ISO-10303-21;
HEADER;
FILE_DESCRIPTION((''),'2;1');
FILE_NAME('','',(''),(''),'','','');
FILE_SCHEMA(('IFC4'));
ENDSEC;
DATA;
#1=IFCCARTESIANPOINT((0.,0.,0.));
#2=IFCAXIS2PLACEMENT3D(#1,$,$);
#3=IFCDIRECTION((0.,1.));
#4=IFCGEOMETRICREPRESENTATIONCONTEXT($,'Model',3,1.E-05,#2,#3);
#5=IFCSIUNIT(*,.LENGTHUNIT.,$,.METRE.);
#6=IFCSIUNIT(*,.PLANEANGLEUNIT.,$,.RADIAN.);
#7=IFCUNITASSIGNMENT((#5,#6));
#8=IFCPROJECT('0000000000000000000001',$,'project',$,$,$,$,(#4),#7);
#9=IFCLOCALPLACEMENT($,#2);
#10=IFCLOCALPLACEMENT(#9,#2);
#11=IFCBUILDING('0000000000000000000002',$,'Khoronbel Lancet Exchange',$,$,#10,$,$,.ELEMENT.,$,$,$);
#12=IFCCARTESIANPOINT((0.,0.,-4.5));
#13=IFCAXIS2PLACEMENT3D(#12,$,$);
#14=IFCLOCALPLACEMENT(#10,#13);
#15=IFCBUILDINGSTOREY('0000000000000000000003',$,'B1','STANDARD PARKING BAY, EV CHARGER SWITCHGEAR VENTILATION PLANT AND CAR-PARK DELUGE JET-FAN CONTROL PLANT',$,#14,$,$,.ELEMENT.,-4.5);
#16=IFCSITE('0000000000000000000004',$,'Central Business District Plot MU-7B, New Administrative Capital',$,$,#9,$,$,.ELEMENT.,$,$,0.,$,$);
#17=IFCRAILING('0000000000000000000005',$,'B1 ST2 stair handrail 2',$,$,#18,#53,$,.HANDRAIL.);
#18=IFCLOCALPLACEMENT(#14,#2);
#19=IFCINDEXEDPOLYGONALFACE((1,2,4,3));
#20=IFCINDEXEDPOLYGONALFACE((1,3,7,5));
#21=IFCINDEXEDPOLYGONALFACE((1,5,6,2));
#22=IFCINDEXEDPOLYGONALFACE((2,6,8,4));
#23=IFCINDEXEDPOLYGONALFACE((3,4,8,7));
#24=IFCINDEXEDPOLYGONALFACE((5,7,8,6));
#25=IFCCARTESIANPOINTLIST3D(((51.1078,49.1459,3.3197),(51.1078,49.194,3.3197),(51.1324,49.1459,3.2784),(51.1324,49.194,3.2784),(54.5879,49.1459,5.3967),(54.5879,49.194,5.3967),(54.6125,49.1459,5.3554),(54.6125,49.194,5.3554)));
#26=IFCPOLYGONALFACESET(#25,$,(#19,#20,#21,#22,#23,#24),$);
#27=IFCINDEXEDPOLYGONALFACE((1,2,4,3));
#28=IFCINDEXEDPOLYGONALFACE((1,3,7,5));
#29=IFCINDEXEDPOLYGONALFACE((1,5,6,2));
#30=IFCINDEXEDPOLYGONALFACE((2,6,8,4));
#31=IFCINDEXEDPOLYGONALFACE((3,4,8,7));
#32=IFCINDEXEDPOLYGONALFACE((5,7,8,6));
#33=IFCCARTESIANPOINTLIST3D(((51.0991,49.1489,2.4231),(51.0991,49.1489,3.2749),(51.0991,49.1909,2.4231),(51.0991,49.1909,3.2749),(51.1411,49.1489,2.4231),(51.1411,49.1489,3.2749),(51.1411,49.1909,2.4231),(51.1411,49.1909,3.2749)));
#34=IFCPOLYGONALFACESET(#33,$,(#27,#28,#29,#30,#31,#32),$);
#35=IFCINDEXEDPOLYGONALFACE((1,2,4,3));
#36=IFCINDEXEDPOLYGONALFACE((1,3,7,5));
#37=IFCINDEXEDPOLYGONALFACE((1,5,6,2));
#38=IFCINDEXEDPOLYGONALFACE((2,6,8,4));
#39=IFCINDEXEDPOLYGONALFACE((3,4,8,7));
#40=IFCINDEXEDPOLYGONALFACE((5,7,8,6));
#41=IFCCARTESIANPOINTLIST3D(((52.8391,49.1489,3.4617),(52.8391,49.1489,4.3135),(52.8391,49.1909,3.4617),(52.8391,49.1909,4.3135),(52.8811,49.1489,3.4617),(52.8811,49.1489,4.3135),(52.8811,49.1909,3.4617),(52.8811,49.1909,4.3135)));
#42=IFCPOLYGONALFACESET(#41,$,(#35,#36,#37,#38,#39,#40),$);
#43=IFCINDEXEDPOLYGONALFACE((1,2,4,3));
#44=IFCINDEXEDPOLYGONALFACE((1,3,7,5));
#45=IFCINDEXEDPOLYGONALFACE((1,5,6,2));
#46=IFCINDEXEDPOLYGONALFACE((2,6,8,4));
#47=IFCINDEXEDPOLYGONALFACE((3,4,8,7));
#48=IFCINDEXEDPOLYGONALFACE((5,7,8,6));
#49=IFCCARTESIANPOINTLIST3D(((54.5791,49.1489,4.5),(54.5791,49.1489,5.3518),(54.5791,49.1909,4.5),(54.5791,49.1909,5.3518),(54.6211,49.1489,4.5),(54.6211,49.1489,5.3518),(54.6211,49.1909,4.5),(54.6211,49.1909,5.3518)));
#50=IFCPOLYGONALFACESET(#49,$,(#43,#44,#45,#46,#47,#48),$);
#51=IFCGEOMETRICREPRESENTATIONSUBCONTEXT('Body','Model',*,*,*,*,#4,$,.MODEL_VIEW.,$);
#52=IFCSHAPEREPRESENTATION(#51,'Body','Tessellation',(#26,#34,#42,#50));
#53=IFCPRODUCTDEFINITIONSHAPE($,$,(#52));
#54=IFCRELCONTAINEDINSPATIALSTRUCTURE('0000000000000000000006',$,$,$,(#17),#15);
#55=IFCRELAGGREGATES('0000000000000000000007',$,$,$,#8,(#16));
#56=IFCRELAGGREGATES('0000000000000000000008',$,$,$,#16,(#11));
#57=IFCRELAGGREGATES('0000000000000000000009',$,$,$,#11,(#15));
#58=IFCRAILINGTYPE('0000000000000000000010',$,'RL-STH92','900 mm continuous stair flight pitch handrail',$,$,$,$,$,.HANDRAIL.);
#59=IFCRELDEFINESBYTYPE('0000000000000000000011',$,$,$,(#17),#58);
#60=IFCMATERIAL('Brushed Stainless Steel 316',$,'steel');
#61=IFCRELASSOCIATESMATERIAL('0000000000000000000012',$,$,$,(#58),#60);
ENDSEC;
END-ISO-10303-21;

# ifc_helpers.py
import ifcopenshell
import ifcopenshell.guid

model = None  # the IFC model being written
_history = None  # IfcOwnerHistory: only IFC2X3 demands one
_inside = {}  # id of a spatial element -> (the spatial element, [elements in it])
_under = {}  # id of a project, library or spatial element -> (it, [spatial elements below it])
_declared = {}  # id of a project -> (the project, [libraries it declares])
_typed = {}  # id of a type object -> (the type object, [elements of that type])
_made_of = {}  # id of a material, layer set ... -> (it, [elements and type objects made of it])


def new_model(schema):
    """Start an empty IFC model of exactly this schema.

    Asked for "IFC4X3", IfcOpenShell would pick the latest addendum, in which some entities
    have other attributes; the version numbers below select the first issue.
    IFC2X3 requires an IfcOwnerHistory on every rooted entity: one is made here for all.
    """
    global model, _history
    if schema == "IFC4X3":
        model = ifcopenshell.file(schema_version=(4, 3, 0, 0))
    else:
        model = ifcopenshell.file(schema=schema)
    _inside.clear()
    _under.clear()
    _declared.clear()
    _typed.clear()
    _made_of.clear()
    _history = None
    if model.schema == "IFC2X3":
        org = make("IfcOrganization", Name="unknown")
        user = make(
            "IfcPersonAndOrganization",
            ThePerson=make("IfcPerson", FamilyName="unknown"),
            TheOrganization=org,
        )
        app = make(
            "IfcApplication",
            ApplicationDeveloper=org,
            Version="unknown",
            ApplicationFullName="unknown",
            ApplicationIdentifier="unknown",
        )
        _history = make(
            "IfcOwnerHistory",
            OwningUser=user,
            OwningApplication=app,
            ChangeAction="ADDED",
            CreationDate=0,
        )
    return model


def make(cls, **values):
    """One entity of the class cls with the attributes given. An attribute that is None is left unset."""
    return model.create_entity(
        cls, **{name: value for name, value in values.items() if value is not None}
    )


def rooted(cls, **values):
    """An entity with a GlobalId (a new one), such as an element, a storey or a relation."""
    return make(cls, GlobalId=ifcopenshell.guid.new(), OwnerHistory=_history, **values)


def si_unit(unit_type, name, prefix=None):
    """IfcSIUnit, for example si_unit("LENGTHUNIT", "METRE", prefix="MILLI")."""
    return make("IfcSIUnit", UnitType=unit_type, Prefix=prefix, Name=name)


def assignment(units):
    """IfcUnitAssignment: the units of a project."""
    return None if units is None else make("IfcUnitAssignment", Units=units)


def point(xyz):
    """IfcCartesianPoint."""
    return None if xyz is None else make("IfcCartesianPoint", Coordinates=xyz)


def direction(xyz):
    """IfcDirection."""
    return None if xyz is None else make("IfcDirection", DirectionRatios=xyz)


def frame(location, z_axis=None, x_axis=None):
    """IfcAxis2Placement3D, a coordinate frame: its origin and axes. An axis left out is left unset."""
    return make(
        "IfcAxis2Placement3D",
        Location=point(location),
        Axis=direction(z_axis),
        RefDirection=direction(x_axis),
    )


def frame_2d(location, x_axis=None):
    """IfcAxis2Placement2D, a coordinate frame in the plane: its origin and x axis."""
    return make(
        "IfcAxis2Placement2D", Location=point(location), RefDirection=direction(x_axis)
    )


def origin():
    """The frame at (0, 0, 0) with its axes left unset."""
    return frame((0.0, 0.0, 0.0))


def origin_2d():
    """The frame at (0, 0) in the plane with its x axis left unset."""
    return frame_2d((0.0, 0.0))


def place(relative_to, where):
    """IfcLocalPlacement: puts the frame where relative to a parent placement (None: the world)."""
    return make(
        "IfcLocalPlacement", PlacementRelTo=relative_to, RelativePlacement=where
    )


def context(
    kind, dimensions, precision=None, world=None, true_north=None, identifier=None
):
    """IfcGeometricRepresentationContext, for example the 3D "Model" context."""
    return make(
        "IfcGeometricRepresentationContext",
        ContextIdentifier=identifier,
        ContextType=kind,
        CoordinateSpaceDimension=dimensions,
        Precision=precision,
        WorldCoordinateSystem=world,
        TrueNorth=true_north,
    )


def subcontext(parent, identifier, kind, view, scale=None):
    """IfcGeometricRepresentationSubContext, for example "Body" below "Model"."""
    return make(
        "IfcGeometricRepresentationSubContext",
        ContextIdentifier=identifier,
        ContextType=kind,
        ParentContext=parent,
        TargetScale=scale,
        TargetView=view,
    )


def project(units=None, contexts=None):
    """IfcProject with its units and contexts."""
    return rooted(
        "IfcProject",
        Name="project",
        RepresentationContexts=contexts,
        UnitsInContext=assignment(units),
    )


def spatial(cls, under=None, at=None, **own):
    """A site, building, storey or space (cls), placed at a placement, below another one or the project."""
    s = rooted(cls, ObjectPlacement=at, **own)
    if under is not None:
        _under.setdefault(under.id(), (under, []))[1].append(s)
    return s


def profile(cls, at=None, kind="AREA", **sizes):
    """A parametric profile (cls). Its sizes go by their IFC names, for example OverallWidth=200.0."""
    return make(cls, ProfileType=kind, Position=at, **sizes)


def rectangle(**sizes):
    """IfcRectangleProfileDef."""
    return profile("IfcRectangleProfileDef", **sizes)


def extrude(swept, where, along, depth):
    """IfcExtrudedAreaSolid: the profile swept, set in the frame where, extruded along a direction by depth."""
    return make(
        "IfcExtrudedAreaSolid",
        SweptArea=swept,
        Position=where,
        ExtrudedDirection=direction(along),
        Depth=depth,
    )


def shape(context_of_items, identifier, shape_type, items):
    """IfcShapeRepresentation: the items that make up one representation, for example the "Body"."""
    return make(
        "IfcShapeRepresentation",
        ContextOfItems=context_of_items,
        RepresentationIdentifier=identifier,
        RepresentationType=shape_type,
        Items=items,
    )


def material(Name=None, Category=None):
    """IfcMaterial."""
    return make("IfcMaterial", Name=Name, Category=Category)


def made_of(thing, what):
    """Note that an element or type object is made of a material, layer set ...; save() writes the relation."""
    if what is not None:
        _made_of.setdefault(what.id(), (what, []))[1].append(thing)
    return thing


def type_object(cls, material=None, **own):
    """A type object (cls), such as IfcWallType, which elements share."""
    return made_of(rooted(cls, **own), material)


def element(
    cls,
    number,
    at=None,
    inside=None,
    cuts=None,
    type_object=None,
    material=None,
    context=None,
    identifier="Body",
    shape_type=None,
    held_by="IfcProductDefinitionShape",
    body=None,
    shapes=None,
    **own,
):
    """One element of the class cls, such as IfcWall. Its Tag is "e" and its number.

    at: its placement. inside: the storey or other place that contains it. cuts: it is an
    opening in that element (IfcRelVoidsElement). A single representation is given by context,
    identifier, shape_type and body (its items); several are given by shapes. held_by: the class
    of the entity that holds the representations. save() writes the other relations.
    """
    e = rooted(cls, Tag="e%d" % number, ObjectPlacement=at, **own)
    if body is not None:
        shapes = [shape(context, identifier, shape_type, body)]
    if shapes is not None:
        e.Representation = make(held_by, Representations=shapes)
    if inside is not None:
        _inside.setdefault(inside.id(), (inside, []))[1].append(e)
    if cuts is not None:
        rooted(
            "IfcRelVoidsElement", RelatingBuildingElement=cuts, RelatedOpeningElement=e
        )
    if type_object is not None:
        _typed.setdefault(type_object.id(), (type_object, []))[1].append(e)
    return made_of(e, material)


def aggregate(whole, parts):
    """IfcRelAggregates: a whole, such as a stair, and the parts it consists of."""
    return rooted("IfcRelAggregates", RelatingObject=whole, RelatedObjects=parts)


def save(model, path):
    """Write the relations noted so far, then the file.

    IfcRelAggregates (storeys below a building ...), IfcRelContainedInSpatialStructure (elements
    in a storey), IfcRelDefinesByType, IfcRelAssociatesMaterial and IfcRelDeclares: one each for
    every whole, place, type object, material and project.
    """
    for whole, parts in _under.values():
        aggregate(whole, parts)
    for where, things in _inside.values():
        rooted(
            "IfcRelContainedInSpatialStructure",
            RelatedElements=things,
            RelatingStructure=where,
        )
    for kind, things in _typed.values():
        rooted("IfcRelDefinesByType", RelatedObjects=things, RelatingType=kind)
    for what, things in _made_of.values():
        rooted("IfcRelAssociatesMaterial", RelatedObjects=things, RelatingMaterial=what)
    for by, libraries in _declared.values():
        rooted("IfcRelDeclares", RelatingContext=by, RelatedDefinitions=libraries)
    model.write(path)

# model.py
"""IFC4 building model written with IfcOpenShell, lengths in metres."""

from ifc_helpers import new_model, si_unit, direction, frame, origin, origin_2d, place, context, subcontext, project, spatial, rectangle, extrude, material, type_object, element, save


model = new_model("IFC4")

# Units and contexts
model_context = context("Model", 3, precision=1e-05, world=origin(), true_north=direction((0.0, 1.0)))
body_context = subcontext(model_context, "Body", "Model", "MODEL_VIEW")
ifc_project = project(units=[si_unit("LENGTHUNIT", "METRE"), si_unit("PLANEANGLEUNIT", "RADIAN")], contexts=[model_context])

# Site, building, storey
site_placement = place(None, origin())
site = spatial("IfcSite", under=ifc_project, at=site_placement, Name="Central Business District Plot MU-7B, New Administrative Capital", CompositionType="ELEMENT", RefElevation=0.0)
building_placement = place(site_placement, origin())
building = spatial("IfcBuilding", under=site, at=building_placement, Name="Khoronbel Lancet Exchange", CompositionType="ELEMENT")
storey_placement = place(building_placement, frame((0.0, 0.0, -4.5)))
storey = spatial("IfcBuildingStorey", under=building, at=storey_placement, Name="B1", Description="STANDARD PARKING BAY, EV CHARGER SWITCHGEAR VENTILATION PLANT AND CAR-PARK DELUGE JET-FAN CONTROL PLANT", CompositionType="ELEMENT", Elevation=-4.5)

# Railing
ifc_material_1 = material(Name="Brushed Stainless Steel 316", Category="steel")
railing_type_1 = type_object("IfcRailingType", Name="RL-STH92", Description="900 mm continuous stair flight pitch handrail", PredefinedType="HANDRAIL", material=ifc_material_1)
railing_1_placement = place(storey_placement, frame((51.1201, 49.1699, 2.4231)))
element("IfcRailing", 1, at=railing_1_placement, inside=storey, type_object=railing_type_1, Name="B1 ST2 stair handrail 2", PredefinedType="HANDRAIL", context=body_context, shape_type="SweptSolid", body=[
    extrude(rectangle(XDim=0.0481, YDim=0.0481, at=origin_2d()), frame((0.0, 0.0, 0.876), z_axis=(0.858697, 0.0, 0.512483), x_axis=(0.0, 1.0, 0.0)), (0.0, 0.0, 1.0), 4.0527),
    extrude(rectangle(XDim=0.042, YDim=0.042, at=origin_2d()), origin(), (0.0, 0.0, 1.0), 0.8518),
    extrude(rectangle(XDim=0.042, YDim=0.042, at=origin_2d()), frame((1.74, 0.0, 1.0386)), (0.0, 0.0, 1.0), 0.8518),
    extrude(rectangle(XDim=0.042, YDim=0.042, at=origin_2d()), frame((3.48, 0.0, 2.0769)), (0.0, 0.0, 1.0), 0.8518),
])

save(model, "model.ifc")
